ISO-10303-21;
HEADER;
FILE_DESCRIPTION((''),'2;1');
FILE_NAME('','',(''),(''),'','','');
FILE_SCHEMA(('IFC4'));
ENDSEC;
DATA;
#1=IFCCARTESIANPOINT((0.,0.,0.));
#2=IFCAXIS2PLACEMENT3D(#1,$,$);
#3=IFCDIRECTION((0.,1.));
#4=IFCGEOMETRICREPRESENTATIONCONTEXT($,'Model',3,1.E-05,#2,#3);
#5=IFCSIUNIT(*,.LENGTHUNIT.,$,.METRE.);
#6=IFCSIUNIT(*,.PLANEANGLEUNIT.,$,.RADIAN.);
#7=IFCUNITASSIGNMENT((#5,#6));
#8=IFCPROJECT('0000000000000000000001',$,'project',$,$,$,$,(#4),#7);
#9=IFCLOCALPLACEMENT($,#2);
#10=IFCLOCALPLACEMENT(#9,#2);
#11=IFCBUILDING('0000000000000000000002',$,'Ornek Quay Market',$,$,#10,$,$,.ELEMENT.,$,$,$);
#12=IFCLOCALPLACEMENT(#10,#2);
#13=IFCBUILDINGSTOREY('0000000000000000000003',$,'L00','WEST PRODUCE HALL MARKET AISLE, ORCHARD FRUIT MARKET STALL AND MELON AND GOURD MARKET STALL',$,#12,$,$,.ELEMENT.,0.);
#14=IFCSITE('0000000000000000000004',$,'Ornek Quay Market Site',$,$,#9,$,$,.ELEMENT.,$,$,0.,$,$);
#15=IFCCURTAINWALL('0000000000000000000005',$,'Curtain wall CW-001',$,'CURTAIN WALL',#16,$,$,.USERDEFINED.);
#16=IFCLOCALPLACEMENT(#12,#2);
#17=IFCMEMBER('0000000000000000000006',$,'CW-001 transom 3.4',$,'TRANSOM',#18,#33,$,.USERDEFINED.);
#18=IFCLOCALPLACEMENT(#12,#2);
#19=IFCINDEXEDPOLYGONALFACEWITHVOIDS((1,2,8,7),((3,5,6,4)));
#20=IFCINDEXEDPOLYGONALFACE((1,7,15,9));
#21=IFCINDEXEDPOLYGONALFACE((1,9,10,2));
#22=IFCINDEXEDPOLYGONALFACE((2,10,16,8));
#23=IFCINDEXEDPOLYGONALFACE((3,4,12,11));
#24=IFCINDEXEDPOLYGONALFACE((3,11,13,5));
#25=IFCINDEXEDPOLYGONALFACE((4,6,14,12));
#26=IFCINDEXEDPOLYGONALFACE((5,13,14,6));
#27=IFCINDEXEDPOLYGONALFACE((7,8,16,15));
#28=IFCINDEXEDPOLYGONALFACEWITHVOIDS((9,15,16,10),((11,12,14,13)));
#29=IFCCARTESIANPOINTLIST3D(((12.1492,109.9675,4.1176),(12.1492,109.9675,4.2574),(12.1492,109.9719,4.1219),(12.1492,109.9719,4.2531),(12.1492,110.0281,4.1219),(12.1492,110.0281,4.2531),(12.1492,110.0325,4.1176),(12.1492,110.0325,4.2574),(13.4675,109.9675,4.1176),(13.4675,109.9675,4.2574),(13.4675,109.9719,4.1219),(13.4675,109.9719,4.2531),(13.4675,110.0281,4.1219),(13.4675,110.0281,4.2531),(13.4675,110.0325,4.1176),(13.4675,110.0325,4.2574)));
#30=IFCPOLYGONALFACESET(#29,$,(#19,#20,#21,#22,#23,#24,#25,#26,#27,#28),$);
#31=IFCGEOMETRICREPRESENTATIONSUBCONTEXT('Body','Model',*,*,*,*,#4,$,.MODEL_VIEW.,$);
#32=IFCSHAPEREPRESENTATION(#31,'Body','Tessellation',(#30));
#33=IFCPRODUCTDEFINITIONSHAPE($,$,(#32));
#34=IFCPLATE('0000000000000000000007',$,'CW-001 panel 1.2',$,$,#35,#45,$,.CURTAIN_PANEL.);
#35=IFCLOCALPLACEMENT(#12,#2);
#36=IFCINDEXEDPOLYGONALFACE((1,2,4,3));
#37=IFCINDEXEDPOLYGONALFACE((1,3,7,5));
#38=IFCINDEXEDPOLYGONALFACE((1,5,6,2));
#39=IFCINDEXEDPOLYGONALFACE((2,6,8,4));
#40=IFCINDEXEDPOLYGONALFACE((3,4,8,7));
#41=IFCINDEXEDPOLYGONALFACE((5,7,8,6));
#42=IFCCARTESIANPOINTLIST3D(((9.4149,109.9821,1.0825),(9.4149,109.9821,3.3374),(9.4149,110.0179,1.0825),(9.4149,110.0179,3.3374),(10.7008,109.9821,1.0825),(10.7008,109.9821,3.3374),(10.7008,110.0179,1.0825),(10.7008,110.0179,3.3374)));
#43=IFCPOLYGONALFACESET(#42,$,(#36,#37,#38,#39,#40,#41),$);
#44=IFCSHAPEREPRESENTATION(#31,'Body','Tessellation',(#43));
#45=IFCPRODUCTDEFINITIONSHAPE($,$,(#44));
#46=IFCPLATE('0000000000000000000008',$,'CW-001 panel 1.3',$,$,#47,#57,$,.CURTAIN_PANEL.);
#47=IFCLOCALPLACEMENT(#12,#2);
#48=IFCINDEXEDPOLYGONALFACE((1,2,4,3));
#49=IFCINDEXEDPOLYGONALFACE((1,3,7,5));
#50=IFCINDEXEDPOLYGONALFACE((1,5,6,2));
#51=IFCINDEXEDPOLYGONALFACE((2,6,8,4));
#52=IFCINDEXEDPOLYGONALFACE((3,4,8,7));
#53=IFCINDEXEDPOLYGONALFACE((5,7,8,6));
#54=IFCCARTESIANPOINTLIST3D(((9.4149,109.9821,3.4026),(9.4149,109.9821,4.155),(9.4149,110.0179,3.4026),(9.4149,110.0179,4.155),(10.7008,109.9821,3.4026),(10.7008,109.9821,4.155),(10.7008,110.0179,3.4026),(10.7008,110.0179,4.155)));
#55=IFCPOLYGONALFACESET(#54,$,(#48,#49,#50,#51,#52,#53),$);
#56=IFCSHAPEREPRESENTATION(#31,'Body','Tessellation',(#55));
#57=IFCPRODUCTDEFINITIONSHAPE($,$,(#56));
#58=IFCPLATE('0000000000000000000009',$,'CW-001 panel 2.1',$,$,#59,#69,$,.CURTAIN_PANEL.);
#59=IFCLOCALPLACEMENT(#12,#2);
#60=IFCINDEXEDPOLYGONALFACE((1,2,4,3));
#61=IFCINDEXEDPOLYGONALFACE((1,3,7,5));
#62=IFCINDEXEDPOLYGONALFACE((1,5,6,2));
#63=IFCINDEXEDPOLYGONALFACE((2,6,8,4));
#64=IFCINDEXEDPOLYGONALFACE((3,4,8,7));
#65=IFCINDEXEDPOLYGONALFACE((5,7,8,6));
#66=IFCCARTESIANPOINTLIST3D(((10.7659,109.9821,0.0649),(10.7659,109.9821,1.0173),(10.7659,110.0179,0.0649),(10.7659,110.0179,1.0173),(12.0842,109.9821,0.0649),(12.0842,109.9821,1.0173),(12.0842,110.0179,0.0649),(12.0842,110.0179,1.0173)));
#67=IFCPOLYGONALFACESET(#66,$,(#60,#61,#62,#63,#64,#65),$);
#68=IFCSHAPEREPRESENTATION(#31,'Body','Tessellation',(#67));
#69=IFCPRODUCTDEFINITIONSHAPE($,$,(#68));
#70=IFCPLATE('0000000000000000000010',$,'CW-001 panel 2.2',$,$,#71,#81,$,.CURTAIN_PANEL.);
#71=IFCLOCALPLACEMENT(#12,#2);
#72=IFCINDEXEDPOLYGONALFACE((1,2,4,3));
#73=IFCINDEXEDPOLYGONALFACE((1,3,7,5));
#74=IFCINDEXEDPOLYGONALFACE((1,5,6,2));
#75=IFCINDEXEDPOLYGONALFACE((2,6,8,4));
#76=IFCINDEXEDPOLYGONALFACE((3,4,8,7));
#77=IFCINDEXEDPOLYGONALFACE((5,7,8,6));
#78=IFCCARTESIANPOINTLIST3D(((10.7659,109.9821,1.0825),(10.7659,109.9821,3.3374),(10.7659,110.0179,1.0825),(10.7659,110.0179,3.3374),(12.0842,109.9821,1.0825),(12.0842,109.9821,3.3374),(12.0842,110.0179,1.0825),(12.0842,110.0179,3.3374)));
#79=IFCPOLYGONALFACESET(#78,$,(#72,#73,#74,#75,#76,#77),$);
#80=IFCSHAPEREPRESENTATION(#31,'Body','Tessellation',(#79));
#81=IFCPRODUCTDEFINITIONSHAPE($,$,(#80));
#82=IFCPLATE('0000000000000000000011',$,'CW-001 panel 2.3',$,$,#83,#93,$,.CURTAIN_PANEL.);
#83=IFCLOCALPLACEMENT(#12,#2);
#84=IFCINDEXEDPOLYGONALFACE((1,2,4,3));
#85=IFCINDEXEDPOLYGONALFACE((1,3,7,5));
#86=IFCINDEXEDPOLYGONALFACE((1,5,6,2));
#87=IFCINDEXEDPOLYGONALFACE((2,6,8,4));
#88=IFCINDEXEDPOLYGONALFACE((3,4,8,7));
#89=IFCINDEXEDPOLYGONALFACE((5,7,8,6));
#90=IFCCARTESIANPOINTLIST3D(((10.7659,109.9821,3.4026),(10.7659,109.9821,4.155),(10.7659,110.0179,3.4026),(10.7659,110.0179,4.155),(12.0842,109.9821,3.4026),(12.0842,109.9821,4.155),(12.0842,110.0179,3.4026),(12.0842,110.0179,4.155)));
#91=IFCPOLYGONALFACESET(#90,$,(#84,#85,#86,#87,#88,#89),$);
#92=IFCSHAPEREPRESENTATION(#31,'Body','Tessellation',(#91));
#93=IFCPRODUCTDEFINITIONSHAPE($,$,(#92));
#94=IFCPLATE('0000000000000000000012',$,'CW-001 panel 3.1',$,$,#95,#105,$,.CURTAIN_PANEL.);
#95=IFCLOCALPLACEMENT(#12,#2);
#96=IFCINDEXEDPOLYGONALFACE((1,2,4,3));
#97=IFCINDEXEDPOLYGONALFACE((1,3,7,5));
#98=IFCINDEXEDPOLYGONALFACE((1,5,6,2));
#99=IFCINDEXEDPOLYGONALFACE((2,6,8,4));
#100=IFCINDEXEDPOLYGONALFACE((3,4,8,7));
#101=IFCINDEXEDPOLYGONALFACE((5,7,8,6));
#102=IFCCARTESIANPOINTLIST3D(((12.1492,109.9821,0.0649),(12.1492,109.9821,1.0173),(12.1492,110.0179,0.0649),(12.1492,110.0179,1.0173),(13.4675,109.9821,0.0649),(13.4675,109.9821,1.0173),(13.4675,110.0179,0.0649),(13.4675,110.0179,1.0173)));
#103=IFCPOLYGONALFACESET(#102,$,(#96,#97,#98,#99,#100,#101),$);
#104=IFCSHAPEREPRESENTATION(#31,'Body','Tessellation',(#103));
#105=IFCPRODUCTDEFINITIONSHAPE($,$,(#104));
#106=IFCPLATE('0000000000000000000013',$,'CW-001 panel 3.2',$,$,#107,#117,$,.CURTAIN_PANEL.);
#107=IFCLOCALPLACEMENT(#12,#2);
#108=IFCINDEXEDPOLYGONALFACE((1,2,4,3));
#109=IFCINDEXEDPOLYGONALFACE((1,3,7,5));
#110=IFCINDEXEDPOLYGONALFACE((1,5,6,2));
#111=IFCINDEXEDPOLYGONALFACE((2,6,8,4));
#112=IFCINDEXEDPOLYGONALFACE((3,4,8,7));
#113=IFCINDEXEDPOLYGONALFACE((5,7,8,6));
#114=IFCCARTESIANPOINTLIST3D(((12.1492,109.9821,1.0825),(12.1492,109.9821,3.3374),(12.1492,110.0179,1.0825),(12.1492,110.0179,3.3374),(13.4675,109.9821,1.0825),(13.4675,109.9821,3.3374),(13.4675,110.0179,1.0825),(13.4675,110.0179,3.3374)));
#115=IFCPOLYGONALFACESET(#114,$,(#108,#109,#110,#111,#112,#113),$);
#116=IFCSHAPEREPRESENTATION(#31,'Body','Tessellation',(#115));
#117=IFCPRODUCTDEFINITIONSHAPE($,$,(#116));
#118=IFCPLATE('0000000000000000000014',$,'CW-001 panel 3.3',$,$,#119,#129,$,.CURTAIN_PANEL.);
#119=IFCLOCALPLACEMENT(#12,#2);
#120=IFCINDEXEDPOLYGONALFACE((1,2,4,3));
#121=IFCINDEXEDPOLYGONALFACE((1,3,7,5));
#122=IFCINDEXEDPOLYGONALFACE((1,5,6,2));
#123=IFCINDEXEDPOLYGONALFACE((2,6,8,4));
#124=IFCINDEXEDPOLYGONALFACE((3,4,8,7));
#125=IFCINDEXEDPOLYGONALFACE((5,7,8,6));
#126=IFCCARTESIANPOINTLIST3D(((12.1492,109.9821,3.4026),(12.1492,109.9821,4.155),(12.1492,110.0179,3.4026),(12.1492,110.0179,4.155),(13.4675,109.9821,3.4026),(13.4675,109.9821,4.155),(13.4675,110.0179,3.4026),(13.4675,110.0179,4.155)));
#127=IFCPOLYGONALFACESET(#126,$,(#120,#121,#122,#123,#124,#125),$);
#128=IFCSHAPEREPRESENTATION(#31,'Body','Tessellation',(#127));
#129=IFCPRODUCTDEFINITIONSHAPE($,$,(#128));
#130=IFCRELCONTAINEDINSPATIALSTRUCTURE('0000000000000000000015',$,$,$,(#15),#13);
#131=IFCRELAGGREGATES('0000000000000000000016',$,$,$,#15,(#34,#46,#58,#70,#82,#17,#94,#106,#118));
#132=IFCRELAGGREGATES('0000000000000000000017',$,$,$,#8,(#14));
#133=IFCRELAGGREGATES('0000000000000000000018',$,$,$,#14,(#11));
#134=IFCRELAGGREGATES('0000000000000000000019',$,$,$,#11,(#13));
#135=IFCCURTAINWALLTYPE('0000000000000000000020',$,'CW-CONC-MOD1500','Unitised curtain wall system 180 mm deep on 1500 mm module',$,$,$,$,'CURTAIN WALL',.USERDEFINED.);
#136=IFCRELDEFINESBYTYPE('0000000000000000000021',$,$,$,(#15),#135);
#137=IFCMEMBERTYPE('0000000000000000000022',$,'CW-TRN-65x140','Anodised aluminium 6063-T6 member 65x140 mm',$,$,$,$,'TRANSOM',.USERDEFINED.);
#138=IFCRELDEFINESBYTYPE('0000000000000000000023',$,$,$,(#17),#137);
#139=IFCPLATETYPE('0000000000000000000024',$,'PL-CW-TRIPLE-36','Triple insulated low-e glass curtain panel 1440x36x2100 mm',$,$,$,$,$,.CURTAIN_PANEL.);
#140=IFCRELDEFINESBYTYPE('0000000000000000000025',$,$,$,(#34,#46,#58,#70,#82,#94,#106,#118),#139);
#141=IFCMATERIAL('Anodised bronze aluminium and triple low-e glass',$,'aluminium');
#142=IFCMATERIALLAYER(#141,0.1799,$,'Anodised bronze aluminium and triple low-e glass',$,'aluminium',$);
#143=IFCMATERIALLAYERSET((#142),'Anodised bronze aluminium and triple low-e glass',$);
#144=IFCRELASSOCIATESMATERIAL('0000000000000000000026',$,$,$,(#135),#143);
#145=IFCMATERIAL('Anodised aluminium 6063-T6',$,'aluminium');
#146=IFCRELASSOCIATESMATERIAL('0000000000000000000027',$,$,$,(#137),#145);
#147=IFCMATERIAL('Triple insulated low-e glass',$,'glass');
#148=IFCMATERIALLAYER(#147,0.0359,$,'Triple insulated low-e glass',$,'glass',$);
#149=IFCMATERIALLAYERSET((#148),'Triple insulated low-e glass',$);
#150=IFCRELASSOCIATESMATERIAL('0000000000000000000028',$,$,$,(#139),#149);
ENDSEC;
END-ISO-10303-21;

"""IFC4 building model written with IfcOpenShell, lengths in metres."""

from ifc_helpers import new_model, si_unit, direction, frame, origin, origin_2d, place, context, subcontext, project, spatial, rectangle, hollow_rectangle, extrude, material, layer, layer_set, material_profile, profile_set, type_object, element, aggregate, save


model = new_model("IFC4")

# Units and contexts
model_context = context("Model", 3, precision=1e-05, world=origin(), true_north=direction((0.0, 1.0)))
body_context = subcontext(model_context, "Body", "Model", "MODEL_VIEW")
ifc_project = project(units=[si_unit("LENGTHUNIT", "METRE"), si_unit("PLANEANGLEUNIT", "RADIAN")], contexts=[model_context])

# Site, building, storey
site_placement = place(None, origin())
site = spatial("IfcSite", under=ifc_project, at=site_placement, Name="Ornek Quay Market Site", CompositionType="ELEMENT", RefElevation=0.0)
building_placement = place(site_placement, origin())
building = spatial("IfcBuilding", under=site, at=building_placement, Name="Ornek Quay Market", CompositionType="ELEMENT")
storey_placement = place(building_placement, origin())
storey = spatial("IfcBuildingStorey", under=building, at=storey_placement, Name="L00", Description="WEST PRODUCE HALL MARKET AISLE, ORCHARD FRUIT MARKET STALL AND MELON AND GOURD MARKET STALL", CompositionType="ELEMENT", Elevation=0.0)

# Curtain wall, member, plates
ifc_material_1 = material(Name="Anodised bronze aluminium and triple low-e glass", Category="aluminium")
ifc_layer_1 = layer(ifc_material_1, 0.1799, Name="Anodised bronze aluminium and triple low-e glass", Category="aluminium")
ifc_layer_set_1 = layer_set([ifc_layer_1], Name="Anodised bronze aluminium and triple low-e glass")
curtain_wall_type = type_object("IfcCurtainWallType", Name="CW-CONC-MOD1500", Description="Unitised curtain wall system 180 mm deep on 1500 mm module", ElementType="CURTAIN WALL", PredefinedType="USERDEFINED", material=ifc_layer_set_1)
curtain_wall_placement = place(storey_placement, origin())
curtain_wall = element("IfcCurtainWall", 1, at=curtain_wall_placement, inside=storey, type_object=curtain_wall_type, Name="Curtain wall CW-001", ObjectType="CURTAIN WALL", PredefinedType="USERDEFINED")
ifc_material_2 = material(Name="Anodised aluminium 6063-T6", Category="aluminium")
ifc_material_profile_1 = material_profile(ifc_material_2, hollow_rectangle(XDim=0.0649, YDim=0.1399, WallThickness=0.0044, at=origin_2d()), Name="CW-TRN-65x140", Category="aluminium")
ifc_profile_set_1 = profile_set([ifc_material_profile_1], Name="Anodised aluminium 6063-T6")
member_type_1 = type_object("IfcMemberType", Name="CW-TRN-65x140", Description="Anodised aluminium 6063-T6 member 65x140 mm", ElementType="TRANSOM", PredefinedType="USERDEFINED", material=ifc_profile_set_1)
member_1_placement = place(storey_placement, frame((12.1492, 110.0, 4.1875), z_axis=(1.0, 0.0, 0.0), x_axis=(0.0, 1.0, 0.0)))
member_1 = element("IfcMember", 2, at=member_1_placement, type_object=member_type_1, Name="CW-001 transom 3.4", ObjectType="TRANSOM", PredefinedType="USERDEFINED", context=body_context, shape_type="SweptSolid", body=[
    extrude(hollow_rectangle(XDim=0.0649, YDim=0.1399, WallThickness=0.0044, at=origin_2d()), origin(), (0.0, 0.0, 1.0), 1.3184),
])
ifc_material_3 = material(Name="Triple insulated low-e glass", Category="glass")
ifc_layer_2 = layer(ifc_material_3, 0.0359, Name="Triple insulated low-e glass", Category="glass")
ifc_layer_set_2 = layer_set([ifc_layer_2], Name="Triple insulated low-e glass")
plate_type = type_object("IfcPlateType", Name="PL-CW-TRIPLE-36", Description="Triple insulated low-e glass curtain panel 1440x36x2100 mm", PredefinedType="CURTAIN_PANEL", material=ifc_layer_set_2)
plate_1_placement = place(storey_placement, frame((10.0579, 110.0, 1.0825), z_axis=(0.0, 0.0, 1.0), x_axis=(1.0, 0.0, 0.0)))
plate_1 = element("IfcPlate", 3, at=plate_1_placement, type_object=plate_type, Name="CW-001 panel 1.2", PredefinedType="CURTAIN_PANEL", context=body_context, shape_type="SweptSolid", body=[
    extrude(rectangle(XDim=1.2859, YDim=0.0359, at=origin_2d()), origin(), (0.0, 0.0, 1.0), 2.2549),
])
plate_2_placement = place(storey_placement, frame((10.0579, 110.0, 3.4026), z_axis=(0.0, 0.0, 1.0), x_axis=(1.0, 0.0, 0.0)))
plate_2 = element("IfcPlate", 4, at=plate_2_placement, type_object=plate_type, Name="CW-001 panel 1.3", PredefinedType="CURTAIN_PANEL", context=body_context, shape_type="SweptSolid", body=[
    extrude(rectangle(XDim=1.2859, YDim=0.0359, at=origin_2d()), origin(), (0.0, 0.0, 1.0), 0.7524),
])
plate_3_placement = place(storey_placement, frame((11.425, 110.0, 0.0649), z_axis=(0.0, 0.0, 1.0), x_axis=(1.0, 0.0, 0.0)))
plate_3 = element("IfcPlate", 5, at=plate_3_placement, type_object=plate_type, Name="CW-001 panel 2.1", PredefinedType="CURTAIN_PANEL", context=body_context, shape_type="SweptSolid", body=[
    extrude(rectangle(XDim=1.3184, YDim=0.0359, at=origin_2d()), origin(), (0.0, 0.0, 1.0), 0.9524),
])
plate_4_placement = place(storey_placement, frame((11.425, 110.0, 1.0825), z_axis=(0.0, 0.0, 1.0), x_axis=(1.0, 0.0, 0.0)))
plate_4 = element("IfcPlate", 6, at=plate_4_placement, type_object=plate_type, Name="CW-001 panel 2.2", PredefinedType="CURTAIN_PANEL", context=body_context, shape_type="SweptSolid", body=[
    extrude(rectangle(XDim=1.3184, YDim=0.0359, at=origin_2d()), origin(), (0.0, 0.0, 1.0), 2.2549),
])
plate_5_placement = place(storey_placement, frame((11.425, 110.0, 3.4026), z_axis=(0.0, 0.0, 1.0), x_axis=(1.0, 0.0, 0.0)))
plate_5 = element("IfcPlate", 7, at=plate_5_placement, type_object=plate_type, Name="CW-001 panel 2.3", PredefinedType="CURTAIN_PANEL", context=body_context, shape_type="SweptSolid", body=[
    extrude(rectangle(XDim=1.3184, YDim=0.0359, at=origin_2d()), origin(), (0.0, 0.0, 1.0), 0.7524),
])
plate_6_placement = place(storey_placement, frame((12.8083, 110.0, 0.0649), z_axis=(0.0, 0.0, 1.0), x_axis=(1.0, 0.0, 0.0)))
plate_6 = element("IfcPlate", 8, at=plate_6_placement, type_object=plate_type, Name="CW-001 panel 3.1", PredefinedType="CURTAIN_PANEL", context=body_context, shape_type="SweptSolid", body=[
    extrude(rectangle(XDim=1.3184, YDim=0.0359, at=origin_2d()), origin(), (0.0, 0.0, 1.0), 0.9524),
])
plate_7_placement = place(storey_placement, frame((12.8083, 110.0, 1.0825), z_axis=(0.0, 0.0, 1.0), x_axis=(1.0, 0.0, 0.0)))
plate_7 = element("IfcPlate", 9, at=plate_7_placement, type_object=plate_type, Name="CW-001 panel 3.2", PredefinedType="CURTAIN_PANEL", context=body_context, shape_type="SweptSolid", body=[
    extrude(rectangle(XDim=1.3184, YDim=0.0359, at=origin_2d()), origin(), (0.0, 0.0, 1.0), 2.2549),
])
plate_8_placement = place(storey_placement, frame((12.8083, 110.0, 3.4026), z_axis=(0.0, 0.0, 1.0), x_axis=(1.0, 0.0, 0.0)))
plate_8 = element("IfcPlate", 10, at=plate_8_placement, type_object=plate_type, Name="CW-001 panel 3.3", PredefinedType="CURTAIN_PANEL", context=body_context, shape_type="SweptSolid", body=[
    extrude(rectangle(XDim=1.3184, YDim=0.0359, at=origin_2d()), origin(), (0.0, 0.0, 1.0), 0.7524),
])
aggregate(curtain_wall, [plate_1, plate_2, plate_3, plate_4, plate_5, member_1, plate_6, plate_7, plate_8])

save(model, "model.ifc")
